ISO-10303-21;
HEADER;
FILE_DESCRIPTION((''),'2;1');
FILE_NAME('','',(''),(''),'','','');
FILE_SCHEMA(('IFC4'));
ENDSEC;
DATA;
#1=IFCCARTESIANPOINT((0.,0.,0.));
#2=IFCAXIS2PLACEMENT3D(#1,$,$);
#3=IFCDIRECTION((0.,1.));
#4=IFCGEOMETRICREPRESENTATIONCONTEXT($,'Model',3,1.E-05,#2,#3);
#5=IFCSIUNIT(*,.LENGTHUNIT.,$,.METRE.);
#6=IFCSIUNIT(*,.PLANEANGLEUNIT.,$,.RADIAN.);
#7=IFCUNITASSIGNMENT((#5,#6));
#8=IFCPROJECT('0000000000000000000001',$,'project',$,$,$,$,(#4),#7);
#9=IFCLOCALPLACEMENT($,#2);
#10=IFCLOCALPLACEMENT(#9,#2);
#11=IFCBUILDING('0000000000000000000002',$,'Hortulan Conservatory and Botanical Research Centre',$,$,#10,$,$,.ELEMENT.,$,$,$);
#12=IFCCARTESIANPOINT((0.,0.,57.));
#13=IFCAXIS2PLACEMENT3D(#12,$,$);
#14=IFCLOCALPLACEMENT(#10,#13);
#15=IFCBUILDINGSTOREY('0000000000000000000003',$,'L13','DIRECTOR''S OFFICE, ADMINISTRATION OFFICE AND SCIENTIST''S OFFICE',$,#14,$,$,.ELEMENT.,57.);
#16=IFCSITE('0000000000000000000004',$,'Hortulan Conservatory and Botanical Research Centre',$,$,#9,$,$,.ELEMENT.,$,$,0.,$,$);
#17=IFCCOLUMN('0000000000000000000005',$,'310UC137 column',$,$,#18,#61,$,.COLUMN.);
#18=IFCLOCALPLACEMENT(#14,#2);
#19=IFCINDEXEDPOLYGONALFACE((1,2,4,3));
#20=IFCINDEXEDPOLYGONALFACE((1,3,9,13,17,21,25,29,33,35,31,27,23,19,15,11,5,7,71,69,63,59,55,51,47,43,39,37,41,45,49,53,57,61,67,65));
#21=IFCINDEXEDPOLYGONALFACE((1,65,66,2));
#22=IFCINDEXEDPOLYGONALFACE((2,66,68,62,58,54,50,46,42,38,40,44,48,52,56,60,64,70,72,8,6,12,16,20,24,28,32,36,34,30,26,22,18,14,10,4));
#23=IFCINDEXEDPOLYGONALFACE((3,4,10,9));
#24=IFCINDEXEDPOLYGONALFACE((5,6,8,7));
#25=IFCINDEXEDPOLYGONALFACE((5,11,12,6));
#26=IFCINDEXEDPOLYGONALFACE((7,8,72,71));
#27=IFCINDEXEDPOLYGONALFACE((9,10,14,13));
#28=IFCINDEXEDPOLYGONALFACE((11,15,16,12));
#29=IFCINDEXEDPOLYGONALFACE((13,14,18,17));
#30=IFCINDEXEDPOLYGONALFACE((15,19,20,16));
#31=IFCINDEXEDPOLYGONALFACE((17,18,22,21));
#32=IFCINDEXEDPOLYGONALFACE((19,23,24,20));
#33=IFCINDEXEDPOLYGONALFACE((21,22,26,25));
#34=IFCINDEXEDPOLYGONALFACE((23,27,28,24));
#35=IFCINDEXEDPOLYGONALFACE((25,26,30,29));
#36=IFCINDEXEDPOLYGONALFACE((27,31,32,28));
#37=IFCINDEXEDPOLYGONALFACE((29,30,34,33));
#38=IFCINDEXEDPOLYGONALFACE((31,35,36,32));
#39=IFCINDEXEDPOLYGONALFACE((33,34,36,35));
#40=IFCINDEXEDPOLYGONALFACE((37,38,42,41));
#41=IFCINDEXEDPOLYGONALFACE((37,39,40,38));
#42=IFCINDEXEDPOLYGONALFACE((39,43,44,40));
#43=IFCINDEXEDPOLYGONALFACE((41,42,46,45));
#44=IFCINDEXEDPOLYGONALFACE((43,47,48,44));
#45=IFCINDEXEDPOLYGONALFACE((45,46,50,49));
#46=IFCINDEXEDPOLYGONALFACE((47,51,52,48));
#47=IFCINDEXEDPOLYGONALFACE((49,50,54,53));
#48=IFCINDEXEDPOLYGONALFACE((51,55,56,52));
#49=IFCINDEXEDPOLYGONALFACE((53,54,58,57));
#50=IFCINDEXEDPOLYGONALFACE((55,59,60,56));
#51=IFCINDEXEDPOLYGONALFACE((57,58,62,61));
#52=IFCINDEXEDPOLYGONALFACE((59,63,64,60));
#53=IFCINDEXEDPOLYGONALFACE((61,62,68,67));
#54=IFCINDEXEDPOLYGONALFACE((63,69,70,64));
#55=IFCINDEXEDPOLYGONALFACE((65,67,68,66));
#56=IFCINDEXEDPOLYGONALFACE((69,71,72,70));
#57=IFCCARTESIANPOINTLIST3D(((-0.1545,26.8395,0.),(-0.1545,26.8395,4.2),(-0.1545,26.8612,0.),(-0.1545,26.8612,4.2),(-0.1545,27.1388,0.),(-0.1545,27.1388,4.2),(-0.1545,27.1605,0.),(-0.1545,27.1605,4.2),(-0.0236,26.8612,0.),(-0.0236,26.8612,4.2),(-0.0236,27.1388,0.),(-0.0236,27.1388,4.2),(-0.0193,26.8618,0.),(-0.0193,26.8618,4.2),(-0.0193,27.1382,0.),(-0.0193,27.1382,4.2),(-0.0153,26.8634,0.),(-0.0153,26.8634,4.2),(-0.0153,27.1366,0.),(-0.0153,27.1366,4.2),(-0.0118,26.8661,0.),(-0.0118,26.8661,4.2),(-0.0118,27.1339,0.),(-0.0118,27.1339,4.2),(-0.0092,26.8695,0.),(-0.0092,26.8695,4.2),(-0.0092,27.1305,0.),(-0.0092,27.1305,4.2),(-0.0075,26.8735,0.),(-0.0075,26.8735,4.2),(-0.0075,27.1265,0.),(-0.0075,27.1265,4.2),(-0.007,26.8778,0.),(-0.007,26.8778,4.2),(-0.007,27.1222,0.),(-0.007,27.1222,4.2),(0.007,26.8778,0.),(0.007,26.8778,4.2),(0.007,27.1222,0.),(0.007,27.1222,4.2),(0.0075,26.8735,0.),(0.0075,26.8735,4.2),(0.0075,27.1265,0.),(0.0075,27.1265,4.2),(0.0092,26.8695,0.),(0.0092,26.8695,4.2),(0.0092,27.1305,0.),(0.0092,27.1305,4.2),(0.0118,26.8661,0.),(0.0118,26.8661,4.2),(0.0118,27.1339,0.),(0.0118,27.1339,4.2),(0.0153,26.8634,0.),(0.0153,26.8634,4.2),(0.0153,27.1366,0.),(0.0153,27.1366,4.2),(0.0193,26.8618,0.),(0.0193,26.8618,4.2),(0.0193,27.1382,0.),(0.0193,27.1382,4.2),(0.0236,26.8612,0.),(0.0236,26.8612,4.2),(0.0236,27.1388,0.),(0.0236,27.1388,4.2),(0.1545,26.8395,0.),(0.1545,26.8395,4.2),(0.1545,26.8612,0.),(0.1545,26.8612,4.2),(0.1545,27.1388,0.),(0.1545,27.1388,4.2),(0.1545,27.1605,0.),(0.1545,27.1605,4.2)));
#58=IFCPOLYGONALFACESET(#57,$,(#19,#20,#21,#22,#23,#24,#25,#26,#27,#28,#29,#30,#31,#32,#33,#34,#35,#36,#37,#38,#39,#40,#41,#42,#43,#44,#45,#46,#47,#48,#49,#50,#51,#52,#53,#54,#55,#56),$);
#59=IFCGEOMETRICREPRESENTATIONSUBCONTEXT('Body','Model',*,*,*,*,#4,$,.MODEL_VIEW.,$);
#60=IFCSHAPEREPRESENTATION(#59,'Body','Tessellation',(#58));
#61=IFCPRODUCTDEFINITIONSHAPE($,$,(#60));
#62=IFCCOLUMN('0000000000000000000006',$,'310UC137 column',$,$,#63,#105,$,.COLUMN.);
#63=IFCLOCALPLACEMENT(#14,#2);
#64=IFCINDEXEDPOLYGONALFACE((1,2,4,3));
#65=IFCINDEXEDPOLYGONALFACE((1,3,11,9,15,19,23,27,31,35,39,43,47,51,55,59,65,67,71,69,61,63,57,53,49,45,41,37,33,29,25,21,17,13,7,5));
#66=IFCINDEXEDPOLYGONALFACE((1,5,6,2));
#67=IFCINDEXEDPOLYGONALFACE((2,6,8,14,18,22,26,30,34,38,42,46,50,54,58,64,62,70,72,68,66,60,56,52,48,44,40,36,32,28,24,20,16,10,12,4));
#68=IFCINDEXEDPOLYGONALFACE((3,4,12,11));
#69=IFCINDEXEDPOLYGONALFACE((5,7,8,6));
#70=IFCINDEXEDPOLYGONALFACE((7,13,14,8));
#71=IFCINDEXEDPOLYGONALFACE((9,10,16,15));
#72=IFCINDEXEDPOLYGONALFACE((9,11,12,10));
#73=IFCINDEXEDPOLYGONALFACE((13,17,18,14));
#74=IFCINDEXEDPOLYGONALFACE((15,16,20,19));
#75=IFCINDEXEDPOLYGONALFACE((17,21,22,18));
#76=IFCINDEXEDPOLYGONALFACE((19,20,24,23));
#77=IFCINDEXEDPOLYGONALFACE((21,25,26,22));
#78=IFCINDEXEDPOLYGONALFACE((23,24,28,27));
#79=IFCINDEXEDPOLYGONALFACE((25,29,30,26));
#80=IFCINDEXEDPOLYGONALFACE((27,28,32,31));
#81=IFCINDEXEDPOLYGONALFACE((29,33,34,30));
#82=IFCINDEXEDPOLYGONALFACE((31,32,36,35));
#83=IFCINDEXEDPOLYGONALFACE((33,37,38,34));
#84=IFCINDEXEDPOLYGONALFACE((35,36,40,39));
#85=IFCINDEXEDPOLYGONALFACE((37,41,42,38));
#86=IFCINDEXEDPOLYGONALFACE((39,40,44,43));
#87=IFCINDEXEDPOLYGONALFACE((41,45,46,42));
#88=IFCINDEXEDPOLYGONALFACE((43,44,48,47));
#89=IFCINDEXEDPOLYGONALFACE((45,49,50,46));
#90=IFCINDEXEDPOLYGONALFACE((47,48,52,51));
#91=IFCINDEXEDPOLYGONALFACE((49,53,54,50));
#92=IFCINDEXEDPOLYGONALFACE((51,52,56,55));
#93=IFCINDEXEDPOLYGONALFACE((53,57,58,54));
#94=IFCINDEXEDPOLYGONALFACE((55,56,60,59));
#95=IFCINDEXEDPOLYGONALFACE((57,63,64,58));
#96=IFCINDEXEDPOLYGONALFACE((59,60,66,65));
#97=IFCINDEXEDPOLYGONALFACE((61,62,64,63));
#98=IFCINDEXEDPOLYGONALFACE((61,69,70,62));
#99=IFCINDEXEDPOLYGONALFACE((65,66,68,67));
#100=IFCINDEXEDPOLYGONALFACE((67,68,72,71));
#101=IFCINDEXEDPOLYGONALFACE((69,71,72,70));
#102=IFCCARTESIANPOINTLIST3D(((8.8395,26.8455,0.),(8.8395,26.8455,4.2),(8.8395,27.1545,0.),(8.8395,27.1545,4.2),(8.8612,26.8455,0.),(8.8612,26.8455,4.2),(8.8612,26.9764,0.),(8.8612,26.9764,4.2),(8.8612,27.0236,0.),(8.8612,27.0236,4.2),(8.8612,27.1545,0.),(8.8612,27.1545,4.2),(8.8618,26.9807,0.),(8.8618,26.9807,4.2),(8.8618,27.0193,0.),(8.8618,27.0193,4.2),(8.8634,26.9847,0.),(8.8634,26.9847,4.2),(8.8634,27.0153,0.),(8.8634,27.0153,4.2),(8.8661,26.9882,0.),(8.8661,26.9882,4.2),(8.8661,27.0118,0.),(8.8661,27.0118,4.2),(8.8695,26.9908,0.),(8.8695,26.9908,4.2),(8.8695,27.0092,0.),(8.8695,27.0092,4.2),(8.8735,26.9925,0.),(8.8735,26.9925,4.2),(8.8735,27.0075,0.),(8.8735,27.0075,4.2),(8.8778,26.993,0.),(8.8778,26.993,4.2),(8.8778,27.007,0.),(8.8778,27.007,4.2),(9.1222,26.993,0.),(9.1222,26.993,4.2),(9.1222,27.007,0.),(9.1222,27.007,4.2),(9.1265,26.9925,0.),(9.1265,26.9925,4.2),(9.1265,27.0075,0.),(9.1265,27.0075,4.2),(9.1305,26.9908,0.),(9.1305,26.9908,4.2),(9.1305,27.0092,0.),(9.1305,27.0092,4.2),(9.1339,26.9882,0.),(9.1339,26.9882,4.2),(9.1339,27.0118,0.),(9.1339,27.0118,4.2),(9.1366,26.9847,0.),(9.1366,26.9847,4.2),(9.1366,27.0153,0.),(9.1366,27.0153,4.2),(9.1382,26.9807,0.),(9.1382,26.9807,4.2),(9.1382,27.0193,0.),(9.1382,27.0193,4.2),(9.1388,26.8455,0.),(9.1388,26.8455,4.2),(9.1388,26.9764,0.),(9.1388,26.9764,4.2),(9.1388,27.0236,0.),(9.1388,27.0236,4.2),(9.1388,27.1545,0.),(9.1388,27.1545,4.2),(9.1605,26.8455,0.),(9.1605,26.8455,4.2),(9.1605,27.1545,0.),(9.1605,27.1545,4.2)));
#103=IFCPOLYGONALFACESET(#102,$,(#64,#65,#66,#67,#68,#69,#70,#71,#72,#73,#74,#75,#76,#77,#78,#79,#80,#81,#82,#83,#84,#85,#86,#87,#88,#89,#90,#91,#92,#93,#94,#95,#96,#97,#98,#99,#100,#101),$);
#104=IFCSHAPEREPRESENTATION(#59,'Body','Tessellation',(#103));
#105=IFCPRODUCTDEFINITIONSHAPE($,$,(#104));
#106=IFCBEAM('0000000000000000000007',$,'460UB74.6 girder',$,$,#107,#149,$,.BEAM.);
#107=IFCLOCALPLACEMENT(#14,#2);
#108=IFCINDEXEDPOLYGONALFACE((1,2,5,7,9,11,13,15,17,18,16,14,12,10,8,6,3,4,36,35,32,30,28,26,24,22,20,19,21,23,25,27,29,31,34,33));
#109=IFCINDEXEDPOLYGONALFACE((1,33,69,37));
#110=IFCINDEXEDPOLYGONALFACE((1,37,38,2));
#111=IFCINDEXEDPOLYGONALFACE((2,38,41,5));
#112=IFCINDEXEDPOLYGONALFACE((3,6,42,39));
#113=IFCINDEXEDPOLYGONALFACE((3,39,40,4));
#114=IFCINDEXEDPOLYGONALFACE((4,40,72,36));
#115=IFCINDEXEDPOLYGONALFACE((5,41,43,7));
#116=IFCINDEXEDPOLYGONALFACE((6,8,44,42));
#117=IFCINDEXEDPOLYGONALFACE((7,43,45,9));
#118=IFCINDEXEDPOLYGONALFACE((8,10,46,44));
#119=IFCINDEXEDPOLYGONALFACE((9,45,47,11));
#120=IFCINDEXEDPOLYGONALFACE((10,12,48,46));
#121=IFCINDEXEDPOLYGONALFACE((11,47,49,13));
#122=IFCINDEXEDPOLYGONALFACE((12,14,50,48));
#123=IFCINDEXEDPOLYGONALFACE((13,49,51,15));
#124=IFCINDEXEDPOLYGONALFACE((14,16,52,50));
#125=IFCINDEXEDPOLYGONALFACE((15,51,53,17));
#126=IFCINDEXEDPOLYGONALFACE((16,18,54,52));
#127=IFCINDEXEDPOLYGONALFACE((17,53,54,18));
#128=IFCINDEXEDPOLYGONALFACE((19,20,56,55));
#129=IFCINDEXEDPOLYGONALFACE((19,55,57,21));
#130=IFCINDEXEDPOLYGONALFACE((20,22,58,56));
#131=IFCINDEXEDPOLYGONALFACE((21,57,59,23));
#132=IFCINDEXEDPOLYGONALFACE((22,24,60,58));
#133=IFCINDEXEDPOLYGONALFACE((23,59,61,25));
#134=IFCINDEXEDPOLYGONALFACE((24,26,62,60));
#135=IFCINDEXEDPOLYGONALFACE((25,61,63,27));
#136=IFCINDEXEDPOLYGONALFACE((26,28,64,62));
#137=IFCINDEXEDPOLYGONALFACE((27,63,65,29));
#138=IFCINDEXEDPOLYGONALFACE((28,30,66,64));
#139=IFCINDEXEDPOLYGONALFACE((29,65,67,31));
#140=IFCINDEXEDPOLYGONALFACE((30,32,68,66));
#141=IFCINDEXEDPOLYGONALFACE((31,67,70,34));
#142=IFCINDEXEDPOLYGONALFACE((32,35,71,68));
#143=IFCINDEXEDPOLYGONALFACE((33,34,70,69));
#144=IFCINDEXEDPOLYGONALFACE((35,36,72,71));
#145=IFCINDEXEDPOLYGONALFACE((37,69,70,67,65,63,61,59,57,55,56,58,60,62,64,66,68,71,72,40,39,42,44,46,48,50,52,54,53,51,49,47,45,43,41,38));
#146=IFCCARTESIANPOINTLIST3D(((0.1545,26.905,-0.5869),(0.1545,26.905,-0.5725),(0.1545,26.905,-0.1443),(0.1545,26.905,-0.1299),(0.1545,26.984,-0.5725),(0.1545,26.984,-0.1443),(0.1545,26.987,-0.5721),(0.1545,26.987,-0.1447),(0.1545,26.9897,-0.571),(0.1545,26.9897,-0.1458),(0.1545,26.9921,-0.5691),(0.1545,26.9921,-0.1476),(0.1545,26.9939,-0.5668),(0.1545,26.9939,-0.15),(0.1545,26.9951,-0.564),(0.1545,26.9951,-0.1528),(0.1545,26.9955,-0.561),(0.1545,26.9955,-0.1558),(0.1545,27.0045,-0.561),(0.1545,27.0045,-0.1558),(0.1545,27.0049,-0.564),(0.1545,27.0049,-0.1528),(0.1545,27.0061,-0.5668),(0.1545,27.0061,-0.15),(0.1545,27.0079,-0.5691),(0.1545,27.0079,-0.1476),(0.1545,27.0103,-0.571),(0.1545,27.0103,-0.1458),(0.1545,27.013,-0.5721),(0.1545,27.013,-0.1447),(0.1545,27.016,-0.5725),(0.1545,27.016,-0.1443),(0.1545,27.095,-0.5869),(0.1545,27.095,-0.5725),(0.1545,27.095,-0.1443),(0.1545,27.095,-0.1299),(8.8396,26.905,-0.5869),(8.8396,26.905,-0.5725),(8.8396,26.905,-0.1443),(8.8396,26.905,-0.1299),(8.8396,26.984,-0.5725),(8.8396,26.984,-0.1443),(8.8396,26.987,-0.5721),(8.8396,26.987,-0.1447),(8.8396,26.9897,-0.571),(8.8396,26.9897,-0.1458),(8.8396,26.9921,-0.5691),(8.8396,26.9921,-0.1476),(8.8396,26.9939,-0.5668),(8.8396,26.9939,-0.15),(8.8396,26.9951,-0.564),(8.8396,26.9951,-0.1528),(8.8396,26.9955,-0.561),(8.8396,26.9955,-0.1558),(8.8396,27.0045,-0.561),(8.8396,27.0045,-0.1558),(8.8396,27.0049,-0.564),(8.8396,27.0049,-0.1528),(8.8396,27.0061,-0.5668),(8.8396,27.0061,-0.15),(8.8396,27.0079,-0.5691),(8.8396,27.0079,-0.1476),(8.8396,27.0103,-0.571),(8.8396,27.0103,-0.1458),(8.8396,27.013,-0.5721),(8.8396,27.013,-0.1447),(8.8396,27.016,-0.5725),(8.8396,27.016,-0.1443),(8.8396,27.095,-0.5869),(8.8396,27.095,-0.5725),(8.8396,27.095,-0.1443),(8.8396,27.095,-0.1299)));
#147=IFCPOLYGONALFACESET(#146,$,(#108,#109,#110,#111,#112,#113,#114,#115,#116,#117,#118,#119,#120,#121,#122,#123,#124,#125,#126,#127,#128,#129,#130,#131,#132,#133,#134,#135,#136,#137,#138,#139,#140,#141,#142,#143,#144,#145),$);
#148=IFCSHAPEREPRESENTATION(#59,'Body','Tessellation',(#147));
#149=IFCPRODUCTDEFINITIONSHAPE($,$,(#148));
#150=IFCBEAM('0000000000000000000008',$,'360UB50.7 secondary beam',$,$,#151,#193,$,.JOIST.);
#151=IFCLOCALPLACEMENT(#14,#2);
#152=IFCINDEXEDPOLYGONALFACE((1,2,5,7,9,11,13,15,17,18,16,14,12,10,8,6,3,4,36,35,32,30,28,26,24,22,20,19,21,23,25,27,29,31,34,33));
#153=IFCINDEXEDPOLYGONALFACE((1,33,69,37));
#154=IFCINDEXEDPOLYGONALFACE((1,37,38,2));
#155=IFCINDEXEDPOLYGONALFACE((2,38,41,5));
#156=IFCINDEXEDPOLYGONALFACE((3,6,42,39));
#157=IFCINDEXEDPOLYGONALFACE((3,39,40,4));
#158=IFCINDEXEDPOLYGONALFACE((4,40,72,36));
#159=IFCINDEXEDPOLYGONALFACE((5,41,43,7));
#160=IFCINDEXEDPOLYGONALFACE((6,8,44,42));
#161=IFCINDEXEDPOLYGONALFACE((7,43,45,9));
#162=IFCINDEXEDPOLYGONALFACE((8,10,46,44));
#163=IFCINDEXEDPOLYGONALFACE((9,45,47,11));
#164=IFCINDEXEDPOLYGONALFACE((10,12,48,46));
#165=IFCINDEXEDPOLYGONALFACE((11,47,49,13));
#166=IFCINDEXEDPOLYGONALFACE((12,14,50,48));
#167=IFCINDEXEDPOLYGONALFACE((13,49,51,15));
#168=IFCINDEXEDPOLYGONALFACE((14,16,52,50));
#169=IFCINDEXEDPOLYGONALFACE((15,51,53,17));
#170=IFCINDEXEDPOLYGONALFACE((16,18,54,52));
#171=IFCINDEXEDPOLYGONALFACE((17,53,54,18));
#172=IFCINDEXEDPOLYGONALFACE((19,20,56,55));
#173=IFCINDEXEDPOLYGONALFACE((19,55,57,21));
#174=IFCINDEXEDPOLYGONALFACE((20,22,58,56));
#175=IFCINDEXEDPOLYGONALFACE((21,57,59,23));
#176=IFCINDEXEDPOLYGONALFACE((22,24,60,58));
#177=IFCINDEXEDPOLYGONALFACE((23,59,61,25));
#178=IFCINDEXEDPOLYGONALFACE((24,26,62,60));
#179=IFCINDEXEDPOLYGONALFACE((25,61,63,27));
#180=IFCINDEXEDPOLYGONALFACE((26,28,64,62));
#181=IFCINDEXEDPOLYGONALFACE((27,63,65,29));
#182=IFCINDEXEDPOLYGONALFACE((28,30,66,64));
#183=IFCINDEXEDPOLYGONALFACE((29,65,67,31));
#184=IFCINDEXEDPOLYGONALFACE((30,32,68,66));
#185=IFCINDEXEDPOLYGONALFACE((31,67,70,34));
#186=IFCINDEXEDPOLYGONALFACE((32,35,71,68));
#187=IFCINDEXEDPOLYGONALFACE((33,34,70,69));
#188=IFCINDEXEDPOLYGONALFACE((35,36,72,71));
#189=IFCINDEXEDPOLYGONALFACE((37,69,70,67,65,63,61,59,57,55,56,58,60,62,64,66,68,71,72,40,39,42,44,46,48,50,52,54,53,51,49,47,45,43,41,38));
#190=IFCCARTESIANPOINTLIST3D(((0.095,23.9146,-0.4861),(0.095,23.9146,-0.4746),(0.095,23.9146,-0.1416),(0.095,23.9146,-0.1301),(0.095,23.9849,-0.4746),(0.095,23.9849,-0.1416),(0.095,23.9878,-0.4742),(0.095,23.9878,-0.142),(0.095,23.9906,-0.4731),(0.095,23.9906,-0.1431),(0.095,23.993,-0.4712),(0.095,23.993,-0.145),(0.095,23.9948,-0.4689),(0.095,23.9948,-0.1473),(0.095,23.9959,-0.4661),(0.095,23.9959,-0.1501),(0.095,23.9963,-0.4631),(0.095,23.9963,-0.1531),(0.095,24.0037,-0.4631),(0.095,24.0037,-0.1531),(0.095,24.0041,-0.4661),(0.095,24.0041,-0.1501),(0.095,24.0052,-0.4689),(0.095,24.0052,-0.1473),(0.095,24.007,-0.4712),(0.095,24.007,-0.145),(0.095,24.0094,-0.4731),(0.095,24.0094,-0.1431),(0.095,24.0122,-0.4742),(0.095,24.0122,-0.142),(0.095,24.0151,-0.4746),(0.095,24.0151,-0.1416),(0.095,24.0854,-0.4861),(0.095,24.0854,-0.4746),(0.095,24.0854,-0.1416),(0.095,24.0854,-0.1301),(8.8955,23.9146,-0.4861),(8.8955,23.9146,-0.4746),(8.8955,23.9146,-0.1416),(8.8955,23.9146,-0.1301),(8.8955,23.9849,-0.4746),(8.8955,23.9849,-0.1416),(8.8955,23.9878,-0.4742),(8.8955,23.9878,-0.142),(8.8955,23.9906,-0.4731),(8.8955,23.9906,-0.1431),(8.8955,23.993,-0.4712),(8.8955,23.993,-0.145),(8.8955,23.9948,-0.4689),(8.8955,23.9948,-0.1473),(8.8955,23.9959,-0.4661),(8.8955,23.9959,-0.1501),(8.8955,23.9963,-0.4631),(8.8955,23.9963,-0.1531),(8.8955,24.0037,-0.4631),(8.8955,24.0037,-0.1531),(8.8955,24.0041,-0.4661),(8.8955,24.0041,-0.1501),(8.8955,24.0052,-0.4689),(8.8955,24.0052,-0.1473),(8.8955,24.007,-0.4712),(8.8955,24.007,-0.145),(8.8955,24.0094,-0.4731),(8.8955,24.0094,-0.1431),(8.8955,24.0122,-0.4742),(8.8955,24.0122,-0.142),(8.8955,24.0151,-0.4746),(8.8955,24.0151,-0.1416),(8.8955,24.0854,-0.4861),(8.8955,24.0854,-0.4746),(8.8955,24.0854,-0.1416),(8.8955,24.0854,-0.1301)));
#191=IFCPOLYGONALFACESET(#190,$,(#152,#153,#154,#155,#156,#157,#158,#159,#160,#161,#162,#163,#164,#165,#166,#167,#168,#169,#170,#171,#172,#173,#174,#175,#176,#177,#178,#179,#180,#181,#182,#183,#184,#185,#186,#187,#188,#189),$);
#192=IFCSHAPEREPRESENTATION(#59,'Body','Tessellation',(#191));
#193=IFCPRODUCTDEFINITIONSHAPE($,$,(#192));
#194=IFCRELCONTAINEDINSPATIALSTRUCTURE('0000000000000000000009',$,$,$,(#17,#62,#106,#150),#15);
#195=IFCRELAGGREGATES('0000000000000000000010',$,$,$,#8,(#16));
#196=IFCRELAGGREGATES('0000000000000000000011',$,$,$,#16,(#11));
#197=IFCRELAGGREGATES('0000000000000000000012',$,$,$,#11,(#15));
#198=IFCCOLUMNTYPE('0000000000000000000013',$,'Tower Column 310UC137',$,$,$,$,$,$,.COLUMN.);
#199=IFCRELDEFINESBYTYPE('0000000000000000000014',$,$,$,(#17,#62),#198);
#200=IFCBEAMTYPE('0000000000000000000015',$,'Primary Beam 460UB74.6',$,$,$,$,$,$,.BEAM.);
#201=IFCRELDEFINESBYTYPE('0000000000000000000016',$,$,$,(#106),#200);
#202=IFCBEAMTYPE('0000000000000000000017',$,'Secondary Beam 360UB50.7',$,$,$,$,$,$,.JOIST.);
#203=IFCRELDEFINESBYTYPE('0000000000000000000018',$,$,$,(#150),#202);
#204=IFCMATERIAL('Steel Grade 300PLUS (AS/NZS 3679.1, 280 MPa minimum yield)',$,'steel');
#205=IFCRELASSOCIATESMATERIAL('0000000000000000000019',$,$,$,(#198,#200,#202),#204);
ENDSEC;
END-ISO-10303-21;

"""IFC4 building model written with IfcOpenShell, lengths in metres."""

from ifc_helpers import new_model, si_unit, direction, frame, origin, origin_2d, place, context, subcontext, project, spatial, i_section, extrude, material, material_profile, profile_set, type_object, element, save


model = new_model("IFC4")

# Units and contexts
model_context = context("Model", 3, precision=1e-05, world=origin(), true_north=direction((0.0, 1.0)))
body_context = subcontext(model_context, "Body", "Model", "MODEL_VIEW")
ifc_project = project(units=[si_unit("LENGTHUNIT", "METRE"), si_unit("PLANEANGLEUNIT", "RADIAN")], contexts=[model_context])

# Site, building, storey
site_placement = place(None, origin())
site = spatial("IfcSite", under=ifc_project, at=site_placement, Name="Hortulan Conservatory and Botanical Research Centre", CompositionType="ELEMENT", RefElevation=0.0)
building_placement = place(site_placement, origin())
building = spatial("IfcBuilding", under=site, at=building_placement, Name="Hortulan Conservatory and Botanical Research Centre", CompositionType="ELEMENT")
storey_placement = place(building_placement, frame((0.0, 0.0, 57.0)))
storey = spatial("IfcBuildingStorey", under=building, at=storey_placement, Name="L13", Description="DIRECTOR'S OFFICE, ADMINISTRATION OFFICE AND SCIENTIST'S OFFICE", CompositionType="ELEMENT", Elevation=57.0)

# Columns
ifc_material_1 = material(Name="Steel Grade 300PLUS (AS/NZS 3679.1, 280 MPa minimum yield)", Category="steel")
ifc_material_profile_1 = material_profile(ifc_material_1, i_section(OverallWidth=0.3091, OverallDepth=0.321, WebThickness=0.0139, FlangeThickness=0.0217, FilletRadius=0.0166, at=origin_2d()), Name="310UC137")
ifc_profile_set_1 = profile_set([ifc_material_profile_1], Name="Steel Grade 300PLUS (AS/NZS 3679.1, 280 MPa minimum yield)")
column_type = type_object("IfcColumnType", Name="Tower Column 310UC137", PredefinedType="COLUMN", material=ifc_profile_set_1)
for number, where, z_axis, x_axis, name in (
    (1, (0.0, 27.0, 0.0), (0.0, 0.0, 1.0), (1.0, 0.0, 0.0), "310UC137 column"),
    (2, (9.0, 27.0, 0.0), (0.0, 0.0, 1.0), (0.0, 1.0, 0.0), "310UC137 column"),
):
    element("IfcColumn", number, at=place(storey_placement, frame(where, z_axis=z_axis, x_axis=x_axis)), inside=storey, type_object=column_type, Name=name, PredefinedType="COLUMN", context=body_context, shape_type="SweptSolid", body=[
        extrude(i_section(OverallWidth=0.3091, OverallDepth=0.321, WebThickness=0.0139, FlangeThickness=0.0217, FilletRadius=0.0166, at=origin_2d()), origin(), (0.0, 0.0, 1.0), 4.2),
    ])

# Beams
ifc_material_profile_2 = material_profile(ifc_material_1, i_section(OverallWidth=0.1899, OverallDepth=0.457, WebThickness=0.009, FlangeThickness=0.0144, FilletRadius=0.0115, at=origin_2d()), Name="460UB74.6")
ifc_profile_set_2 = profile_set([ifc_material_profile_2], Name="Steel Grade 300PLUS (AS/NZS 3679.1, 280 MPa minimum yield)")
beam_type_1 = type_object("IfcBeamType", Name="Primary Beam 460UB74.6", PredefinedType="BEAM", material=ifc_profile_set_2)
beam_1_placement = place(storey_placement, frame((0.1545, 27.0, -0.3584), z_axis=(1.0, 0.0, 0.0), x_axis=(0.0, 1.0, 0.0)))
element("IfcBeam", 3, at=beam_1_placement, inside=storey, type_object=beam_type_1, Name="460UB74.6 girder", PredefinedType="BEAM", context=body_context, shape_type="SweptSolid", body=[
    extrude(i_section(OverallWidth=0.1899, OverallDepth=0.457, WebThickness=0.009, FlangeThickness=0.0144, FilletRadius=0.0115, at=origin_2d()), origin(), (0.0, 0.0, 1.0), 8.6851),
])
ifc_material_profile_3 = material_profile(ifc_material_1, i_section(OverallWidth=0.1709, OverallDepth=0.356, WebThickness=0.0073, FlangeThickness=0.0115, FilletRadius=0.0115, at=origin_2d()), Name="360UB50.7")
ifc_profile_set_3 = profile_set([ifc_material_profile_3], Name="Steel Grade 300PLUS (AS/NZS 3679.1, 280 MPa minimum yield)")
beam_type_2 = type_object("IfcBeamType", Name="Secondary Beam 360UB50.7", PredefinedType="JOIST", material=ifc_profile_set_3)
beam_2_placement = place(storey_placement, frame((0.095, 24.0, -0.3081), z_axis=(1.0, 0.0, 0.0), x_axis=(0.0, 1.0, 0.0)))
element("IfcBeam", 4, at=beam_2_placement, inside=storey, type_object=beam_type_2, Name="360UB50.7 secondary beam", PredefinedType="JOIST", context=body_context, shape_type="SweptSolid", body=[
    extrude(i_section(OverallWidth=0.1709, OverallDepth=0.356, WebThickness=0.0073, FlangeThickness=0.0115, FilletRadius=0.0115, at=origin_2d()), origin(), (0.0, 0.0, 1.0), 8.8005),
])

save(model, "model.ifc")
